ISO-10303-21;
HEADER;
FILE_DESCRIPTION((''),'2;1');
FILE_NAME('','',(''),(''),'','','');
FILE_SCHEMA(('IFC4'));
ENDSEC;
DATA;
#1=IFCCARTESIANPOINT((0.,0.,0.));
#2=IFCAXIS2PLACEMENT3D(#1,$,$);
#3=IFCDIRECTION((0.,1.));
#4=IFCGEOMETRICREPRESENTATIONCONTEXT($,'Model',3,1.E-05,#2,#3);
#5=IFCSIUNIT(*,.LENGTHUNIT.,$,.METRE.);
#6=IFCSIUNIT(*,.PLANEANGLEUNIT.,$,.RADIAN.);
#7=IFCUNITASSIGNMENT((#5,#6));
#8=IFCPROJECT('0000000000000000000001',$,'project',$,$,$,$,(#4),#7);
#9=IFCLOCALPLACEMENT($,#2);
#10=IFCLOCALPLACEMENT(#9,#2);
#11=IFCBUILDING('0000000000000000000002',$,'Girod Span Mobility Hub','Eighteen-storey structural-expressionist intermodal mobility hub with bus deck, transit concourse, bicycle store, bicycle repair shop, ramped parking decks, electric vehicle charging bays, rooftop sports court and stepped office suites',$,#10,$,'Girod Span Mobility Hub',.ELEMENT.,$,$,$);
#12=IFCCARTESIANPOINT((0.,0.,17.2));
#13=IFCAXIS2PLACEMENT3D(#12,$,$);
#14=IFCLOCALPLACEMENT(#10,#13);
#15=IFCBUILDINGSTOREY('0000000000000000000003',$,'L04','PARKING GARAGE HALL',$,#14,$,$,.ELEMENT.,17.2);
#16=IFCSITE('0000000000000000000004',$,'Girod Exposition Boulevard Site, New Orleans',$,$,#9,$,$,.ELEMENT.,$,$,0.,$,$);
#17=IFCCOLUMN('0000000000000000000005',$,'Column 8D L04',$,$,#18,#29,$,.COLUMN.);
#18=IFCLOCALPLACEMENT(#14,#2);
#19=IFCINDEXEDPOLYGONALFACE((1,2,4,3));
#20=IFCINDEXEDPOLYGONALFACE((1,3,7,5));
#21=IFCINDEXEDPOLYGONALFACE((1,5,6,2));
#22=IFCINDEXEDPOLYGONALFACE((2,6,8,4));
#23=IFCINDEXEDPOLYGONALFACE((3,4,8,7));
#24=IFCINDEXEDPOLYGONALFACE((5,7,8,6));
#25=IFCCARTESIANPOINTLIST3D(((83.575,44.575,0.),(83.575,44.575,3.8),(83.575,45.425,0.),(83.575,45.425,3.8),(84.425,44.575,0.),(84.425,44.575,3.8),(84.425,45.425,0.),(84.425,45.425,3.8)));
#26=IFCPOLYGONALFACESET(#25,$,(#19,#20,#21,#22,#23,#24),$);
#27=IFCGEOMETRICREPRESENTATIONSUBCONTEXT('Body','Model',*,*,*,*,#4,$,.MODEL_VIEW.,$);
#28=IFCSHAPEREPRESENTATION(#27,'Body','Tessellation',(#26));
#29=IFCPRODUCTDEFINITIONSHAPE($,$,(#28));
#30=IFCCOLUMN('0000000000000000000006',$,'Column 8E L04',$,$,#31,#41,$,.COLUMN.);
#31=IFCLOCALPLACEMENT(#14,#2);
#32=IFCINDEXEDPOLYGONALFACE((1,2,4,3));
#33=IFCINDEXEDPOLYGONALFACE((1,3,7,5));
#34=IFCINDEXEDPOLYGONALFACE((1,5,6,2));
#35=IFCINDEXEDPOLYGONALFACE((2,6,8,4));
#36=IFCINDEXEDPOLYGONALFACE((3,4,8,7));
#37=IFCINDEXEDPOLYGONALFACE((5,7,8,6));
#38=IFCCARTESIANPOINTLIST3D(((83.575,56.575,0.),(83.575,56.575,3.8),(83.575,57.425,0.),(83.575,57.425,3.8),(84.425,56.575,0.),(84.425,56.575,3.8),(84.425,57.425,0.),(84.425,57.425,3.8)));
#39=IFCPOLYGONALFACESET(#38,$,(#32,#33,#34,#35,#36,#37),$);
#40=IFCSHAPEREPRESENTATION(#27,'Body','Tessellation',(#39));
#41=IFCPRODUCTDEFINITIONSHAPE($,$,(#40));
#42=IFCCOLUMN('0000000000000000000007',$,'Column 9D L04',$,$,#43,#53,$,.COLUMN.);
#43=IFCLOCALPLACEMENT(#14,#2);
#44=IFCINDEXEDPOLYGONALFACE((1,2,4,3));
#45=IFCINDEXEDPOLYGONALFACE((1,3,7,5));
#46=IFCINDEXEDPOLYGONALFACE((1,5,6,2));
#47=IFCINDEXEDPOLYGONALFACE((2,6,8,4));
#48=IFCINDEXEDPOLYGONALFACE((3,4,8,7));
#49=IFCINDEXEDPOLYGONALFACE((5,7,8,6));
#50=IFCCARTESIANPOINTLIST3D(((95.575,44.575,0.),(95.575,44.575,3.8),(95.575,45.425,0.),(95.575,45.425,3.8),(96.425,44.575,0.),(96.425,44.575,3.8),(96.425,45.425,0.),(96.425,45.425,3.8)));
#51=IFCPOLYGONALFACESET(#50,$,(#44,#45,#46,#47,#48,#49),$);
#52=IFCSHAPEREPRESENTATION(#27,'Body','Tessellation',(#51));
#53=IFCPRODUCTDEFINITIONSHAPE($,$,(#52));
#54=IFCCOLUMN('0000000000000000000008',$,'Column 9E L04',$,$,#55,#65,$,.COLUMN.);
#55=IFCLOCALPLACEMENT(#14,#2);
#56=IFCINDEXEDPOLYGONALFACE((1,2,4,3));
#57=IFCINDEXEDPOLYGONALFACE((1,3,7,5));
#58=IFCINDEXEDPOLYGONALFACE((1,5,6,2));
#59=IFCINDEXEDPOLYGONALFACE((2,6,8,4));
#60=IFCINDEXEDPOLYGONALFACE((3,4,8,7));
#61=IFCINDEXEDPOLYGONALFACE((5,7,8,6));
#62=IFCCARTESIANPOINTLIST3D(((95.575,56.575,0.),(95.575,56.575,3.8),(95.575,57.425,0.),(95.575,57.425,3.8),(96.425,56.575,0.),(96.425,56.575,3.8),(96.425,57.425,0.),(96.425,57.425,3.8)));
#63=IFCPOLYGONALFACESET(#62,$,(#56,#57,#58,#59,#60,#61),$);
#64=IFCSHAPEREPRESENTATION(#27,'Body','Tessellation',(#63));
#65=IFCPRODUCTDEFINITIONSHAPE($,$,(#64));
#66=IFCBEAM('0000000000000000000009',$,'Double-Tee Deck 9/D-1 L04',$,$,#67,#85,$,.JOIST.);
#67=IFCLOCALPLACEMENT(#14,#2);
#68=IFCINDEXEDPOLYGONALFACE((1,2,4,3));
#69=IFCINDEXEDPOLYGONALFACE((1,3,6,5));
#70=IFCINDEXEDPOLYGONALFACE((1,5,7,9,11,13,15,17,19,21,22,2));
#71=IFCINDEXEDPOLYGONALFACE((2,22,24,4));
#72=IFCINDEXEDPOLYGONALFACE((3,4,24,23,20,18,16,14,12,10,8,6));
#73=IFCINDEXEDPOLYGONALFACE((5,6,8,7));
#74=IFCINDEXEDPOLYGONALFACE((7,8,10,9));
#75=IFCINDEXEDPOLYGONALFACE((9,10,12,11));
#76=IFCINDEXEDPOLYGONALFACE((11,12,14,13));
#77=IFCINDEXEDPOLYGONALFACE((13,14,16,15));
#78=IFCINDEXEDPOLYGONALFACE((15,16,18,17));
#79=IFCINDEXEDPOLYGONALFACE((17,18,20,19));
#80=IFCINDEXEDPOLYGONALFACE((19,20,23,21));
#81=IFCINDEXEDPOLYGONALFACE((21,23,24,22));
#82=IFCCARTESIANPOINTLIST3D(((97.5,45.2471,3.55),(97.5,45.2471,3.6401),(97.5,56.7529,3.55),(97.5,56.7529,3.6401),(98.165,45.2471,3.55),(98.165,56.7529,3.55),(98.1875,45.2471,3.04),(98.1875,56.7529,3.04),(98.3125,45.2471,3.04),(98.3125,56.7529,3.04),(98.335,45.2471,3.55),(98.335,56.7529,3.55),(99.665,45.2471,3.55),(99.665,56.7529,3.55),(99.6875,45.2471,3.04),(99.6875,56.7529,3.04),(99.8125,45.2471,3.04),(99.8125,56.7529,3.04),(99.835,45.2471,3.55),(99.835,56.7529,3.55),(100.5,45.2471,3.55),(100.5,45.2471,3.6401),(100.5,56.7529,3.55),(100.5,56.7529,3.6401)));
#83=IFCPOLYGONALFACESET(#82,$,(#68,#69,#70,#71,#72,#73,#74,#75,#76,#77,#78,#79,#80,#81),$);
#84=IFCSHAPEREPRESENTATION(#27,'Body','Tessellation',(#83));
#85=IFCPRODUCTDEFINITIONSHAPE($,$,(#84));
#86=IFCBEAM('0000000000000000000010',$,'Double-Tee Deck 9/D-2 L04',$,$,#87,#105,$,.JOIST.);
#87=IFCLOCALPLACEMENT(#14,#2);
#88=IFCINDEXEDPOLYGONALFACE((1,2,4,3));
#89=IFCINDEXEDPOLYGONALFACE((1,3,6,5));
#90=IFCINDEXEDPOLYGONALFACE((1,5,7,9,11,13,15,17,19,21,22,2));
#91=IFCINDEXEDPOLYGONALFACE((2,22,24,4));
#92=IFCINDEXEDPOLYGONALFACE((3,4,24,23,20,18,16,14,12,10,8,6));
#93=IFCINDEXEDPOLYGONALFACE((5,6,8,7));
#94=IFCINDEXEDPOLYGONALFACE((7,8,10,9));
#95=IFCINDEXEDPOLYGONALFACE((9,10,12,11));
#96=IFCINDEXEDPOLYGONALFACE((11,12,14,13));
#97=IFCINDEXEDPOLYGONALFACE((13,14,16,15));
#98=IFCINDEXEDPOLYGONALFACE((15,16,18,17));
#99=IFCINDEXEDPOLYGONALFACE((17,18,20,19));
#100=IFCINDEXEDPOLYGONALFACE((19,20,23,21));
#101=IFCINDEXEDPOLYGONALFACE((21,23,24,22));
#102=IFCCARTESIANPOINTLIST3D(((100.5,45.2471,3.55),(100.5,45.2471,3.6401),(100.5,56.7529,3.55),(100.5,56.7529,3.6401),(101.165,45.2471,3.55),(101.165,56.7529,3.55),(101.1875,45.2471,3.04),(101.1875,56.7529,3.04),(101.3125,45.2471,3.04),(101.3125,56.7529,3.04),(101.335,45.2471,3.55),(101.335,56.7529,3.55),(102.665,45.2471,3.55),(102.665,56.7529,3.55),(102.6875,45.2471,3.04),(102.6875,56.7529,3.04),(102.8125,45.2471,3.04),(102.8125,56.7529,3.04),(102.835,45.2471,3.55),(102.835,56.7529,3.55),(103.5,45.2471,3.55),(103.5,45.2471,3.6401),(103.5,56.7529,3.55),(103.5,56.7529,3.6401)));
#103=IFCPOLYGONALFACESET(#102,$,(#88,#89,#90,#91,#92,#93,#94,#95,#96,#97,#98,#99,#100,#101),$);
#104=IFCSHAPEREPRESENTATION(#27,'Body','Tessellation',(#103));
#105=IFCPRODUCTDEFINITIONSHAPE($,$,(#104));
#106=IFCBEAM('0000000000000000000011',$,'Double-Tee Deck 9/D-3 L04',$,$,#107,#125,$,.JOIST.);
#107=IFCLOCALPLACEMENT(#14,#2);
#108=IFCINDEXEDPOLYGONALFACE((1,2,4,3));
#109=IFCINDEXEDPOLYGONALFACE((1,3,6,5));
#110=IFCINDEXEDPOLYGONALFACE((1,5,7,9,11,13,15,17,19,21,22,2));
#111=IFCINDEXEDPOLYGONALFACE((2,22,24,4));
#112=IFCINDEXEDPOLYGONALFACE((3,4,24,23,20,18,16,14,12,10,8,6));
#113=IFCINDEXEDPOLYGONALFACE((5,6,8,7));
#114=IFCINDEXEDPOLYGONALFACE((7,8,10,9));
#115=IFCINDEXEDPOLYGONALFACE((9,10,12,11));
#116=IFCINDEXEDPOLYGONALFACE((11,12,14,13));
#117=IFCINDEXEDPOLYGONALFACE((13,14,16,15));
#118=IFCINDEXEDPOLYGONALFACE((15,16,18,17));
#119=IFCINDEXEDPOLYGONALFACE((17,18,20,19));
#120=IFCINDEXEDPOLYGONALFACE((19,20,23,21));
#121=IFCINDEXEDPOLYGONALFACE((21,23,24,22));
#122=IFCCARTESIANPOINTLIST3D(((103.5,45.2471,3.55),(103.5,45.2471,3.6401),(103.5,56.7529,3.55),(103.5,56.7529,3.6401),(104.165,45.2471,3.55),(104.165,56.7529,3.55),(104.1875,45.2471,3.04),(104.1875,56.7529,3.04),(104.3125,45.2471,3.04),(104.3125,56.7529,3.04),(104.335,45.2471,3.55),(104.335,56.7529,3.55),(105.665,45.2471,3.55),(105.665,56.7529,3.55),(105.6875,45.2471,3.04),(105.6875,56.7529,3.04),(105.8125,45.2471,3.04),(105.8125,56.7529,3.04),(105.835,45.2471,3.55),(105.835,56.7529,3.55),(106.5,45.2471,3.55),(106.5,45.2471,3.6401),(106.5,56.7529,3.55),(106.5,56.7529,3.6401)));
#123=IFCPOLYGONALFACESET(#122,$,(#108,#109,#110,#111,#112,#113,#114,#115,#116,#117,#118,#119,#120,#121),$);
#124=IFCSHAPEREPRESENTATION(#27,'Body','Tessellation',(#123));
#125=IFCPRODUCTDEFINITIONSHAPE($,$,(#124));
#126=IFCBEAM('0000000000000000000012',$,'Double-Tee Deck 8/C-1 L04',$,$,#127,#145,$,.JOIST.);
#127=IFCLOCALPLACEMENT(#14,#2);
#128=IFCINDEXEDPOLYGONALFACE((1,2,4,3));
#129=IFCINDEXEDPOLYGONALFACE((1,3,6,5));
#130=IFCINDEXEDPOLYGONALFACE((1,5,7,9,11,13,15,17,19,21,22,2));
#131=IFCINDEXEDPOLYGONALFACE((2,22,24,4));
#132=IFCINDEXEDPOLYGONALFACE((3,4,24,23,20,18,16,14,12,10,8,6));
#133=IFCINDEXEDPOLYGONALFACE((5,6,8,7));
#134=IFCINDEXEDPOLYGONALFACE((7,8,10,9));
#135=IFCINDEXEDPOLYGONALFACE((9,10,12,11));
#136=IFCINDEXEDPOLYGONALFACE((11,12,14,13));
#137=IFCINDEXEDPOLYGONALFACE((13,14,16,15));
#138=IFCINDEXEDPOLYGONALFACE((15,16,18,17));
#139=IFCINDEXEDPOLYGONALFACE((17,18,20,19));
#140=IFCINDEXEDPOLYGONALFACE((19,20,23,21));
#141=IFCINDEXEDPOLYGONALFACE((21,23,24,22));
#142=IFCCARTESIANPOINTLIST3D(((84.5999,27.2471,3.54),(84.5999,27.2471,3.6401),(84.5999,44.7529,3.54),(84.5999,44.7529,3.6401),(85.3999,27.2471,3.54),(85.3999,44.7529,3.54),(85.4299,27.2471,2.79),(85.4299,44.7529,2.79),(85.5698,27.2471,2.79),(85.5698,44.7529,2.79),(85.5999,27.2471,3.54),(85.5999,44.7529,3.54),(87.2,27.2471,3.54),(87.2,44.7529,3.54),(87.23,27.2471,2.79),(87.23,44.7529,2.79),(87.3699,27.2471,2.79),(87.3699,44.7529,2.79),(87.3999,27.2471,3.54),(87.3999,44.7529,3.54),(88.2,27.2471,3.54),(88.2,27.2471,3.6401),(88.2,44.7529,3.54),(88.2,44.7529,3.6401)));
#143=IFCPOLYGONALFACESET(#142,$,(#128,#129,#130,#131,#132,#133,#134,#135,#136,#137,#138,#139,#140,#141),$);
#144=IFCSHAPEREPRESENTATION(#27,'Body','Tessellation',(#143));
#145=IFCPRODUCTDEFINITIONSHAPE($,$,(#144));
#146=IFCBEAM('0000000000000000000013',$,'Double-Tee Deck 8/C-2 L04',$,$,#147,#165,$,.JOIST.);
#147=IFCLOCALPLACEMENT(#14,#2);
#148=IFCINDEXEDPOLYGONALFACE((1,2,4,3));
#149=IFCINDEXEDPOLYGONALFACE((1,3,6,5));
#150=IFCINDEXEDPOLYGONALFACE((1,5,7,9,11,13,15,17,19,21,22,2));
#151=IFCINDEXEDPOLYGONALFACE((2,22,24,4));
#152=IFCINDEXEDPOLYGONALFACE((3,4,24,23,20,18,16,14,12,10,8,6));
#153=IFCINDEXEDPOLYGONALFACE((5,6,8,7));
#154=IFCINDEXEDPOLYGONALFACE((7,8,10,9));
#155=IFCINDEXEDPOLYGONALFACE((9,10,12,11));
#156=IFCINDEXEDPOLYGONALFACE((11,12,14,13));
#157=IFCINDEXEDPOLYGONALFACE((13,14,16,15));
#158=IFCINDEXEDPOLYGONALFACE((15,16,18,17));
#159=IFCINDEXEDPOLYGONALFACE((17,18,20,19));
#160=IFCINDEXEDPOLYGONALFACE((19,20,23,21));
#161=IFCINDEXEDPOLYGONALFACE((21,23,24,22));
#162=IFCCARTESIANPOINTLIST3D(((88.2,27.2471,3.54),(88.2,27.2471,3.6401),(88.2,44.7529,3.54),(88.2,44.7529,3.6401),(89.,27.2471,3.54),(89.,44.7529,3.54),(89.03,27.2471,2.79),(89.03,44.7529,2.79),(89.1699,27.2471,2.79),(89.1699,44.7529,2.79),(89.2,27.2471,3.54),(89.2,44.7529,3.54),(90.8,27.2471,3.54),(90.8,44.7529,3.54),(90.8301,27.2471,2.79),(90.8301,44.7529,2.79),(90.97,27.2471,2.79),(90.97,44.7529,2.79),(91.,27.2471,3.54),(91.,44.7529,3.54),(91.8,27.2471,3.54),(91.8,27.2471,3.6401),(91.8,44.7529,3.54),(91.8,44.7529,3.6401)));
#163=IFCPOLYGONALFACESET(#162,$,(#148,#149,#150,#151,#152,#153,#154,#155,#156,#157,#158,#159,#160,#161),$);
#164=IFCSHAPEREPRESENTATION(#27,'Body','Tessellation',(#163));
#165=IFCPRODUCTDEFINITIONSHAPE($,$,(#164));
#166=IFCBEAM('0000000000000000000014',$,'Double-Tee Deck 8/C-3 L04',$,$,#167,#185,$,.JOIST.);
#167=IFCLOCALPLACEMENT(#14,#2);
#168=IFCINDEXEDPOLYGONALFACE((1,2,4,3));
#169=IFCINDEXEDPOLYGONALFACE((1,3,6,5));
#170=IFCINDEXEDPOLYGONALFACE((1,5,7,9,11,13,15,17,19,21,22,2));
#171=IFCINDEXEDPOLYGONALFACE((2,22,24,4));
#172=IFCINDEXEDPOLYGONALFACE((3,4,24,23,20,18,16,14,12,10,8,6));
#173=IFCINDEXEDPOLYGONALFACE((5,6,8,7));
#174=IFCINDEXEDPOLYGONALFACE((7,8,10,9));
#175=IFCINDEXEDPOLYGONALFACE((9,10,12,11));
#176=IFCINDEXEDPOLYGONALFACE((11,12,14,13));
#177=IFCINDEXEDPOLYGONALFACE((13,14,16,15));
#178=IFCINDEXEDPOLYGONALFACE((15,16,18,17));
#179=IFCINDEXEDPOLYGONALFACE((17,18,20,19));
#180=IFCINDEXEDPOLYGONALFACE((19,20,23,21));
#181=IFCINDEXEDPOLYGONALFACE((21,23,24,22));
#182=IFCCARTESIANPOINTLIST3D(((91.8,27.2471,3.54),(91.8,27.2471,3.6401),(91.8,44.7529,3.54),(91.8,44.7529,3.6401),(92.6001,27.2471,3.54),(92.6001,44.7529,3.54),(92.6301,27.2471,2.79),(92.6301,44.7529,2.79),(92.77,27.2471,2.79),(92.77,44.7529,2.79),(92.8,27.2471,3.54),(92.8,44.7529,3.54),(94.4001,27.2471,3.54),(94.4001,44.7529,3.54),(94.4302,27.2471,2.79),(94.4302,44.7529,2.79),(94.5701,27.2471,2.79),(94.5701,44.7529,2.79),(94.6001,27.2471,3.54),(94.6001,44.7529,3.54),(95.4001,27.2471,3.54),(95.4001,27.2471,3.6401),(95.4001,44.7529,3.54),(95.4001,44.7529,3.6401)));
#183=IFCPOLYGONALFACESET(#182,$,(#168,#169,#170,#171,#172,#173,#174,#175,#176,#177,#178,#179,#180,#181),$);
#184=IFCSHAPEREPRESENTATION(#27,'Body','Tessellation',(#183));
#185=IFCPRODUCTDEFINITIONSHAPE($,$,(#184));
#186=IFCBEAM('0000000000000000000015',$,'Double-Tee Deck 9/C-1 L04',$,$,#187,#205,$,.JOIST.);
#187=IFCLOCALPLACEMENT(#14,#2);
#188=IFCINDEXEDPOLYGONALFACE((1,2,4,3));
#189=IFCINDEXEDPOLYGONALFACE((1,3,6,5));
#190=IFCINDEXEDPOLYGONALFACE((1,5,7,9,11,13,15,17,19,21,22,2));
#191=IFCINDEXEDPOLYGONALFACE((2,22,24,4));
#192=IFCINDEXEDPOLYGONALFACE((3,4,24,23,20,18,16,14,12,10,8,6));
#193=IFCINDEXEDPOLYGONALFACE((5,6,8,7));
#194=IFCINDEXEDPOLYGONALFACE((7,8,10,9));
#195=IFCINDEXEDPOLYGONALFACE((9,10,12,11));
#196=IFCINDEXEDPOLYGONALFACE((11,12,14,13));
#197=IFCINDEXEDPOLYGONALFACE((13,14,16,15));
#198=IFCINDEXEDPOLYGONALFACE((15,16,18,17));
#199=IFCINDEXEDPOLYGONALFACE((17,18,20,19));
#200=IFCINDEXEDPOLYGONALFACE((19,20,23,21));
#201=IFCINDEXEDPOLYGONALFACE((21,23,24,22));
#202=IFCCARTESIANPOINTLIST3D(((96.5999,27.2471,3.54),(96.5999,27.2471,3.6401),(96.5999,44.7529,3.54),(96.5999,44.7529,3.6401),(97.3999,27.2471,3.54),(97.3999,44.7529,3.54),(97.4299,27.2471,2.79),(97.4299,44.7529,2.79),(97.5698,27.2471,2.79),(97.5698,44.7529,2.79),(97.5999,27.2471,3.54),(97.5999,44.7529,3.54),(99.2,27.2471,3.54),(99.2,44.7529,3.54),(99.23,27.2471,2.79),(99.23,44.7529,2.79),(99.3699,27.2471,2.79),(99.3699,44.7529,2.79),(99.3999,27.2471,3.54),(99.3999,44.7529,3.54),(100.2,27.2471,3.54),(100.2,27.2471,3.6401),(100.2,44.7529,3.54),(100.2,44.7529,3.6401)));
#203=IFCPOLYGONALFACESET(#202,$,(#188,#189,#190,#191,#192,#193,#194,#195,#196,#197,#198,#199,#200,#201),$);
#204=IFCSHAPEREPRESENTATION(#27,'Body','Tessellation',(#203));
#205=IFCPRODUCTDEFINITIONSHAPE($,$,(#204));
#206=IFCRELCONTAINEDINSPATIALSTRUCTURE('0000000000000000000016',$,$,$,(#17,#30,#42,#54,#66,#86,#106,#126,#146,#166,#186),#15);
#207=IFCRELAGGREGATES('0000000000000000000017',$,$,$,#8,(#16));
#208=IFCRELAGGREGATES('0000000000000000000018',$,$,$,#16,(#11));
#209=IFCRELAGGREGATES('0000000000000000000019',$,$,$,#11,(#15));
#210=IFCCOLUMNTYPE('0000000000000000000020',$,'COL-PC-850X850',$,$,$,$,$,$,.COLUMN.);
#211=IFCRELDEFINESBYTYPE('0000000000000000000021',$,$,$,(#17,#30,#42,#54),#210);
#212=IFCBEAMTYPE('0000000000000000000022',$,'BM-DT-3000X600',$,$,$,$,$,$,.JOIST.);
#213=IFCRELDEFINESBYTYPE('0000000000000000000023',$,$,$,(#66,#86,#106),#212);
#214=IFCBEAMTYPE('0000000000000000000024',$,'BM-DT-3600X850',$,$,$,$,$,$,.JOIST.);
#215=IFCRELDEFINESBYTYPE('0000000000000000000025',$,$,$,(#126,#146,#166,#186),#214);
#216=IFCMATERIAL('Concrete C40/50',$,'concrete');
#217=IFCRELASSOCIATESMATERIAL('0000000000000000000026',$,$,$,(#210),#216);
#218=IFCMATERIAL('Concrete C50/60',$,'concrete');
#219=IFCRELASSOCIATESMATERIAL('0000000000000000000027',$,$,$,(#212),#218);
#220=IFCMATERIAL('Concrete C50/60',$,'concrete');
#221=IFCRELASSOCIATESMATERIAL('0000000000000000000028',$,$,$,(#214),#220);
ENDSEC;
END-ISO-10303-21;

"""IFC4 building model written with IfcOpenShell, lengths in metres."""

from ifc_helpers import new_model, si_unit, direction, frame, origin, origin_2d, place, context, subcontext, project, spatial, polyline, rectangle, outline, extrude, material, material_profile, profile_set, type_object, element, save


model = new_model("IFC4")

# Units and contexts
model_context = context("Model", 3, precision=1e-05, world=origin(), true_north=direction((0.0, 1.0)))
body_context = subcontext(model_context, "Body", "Model", "MODEL_VIEW")
ifc_project = project(units=[si_unit("LENGTHUNIT", "METRE"), si_unit("PLANEANGLEUNIT", "RADIAN")], contexts=[model_context])

# Site, building, storey
site_placement = place(None, origin())
site = spatial("IfcSite", under=ifc_project, at=site_placement, Name="Girod Exposition Boulevard Site, New Orleans", CompositionType="ELEMENT", RefElevation=0.0)
building_placement = place(site_placement, origin())
building = spatial("IfcBuilding", under=site, at=building_placement, Name="Girod Span Mobility Hub", Description="Eighteen-storey structural-expressionist intermodal mobility hub with bus deck, transit concourse, bicycle store, bicycle repair shop, ramped parking decks, electric vehicle charging bays, rooftop sports court and stepped office suites", LongName="Girod Span Mobility Hub", CompositionType="ELEMENT")
storey_placement = place(building_placement, frame((0.0, 0.0, 17.2)))
storey = spatial("IfcBuildingStorey", under=building, at=storey_placement, Name="L04", Description="PARKING GARAGE HALL", CompositionType="ELEMENT", Elevation=17.2)

# Columns
ifc_material_1 = material(Name="Concrete C40/50", Category="concrete")
ifc_material_profile_1 = material_profile(ifc_material_1, rectangle(XDim=0.8501, YDim=0.8501, at=origin_2d()), Name="PC-COL-850X850")
ifc_profile_set_1 = profile_set([ifc_material_profile_1], Name="Concrete C40/50")
column_type = type_object("IfcColumnType", Name="COL-PC-850X850", PredefinedType="COLUMN", material=ifc_profile_set_1)
for number, where, z_axis, x_axis, name in (
    (1, (84.0, 45.0, 0.0), (0.0, 0.0, 1.0), (1.0, 0.0, 0.0), "Column 8D L04"),
    (2, (84.0, 57.0, 0.0), (0.0, 0.0, 1.0), (1.0, 0.0, 0.0), "Column 8E L04"),
    (3, (96.0, 45.0, 0.0), (0.0, 0.0, 1.0), (1.0, 0.0, 0.0), "Column 9D L04"),
    (4, (96.0, 57.0, 0.0), (0.0, 0.0, 1.0), (1.0, 0.0, 0.0), "Column 9E L04"),
):
    element("IfcColumn", number, at=place(storey_placement, frame(where, z_axis=z_axis, x_axis=x_axis)), inside=storey, type_object=column_type, Name=name, PredefinedType="COLUMN", context=body_context, shape_type="SweptSolid", body=[
        extrude(rectangle(XDim=0.8501, YDim=0.8501, at=origin_2d()), origin(), (0.0, 0.0, 1.0), 3.8),
    ])

# Beams
ifc_material_2 = material(Name="Concrete C50/60", Category="concrete")
ifc_material_profile_2 = material_profile(ifc_material_2, outline(polyline([(-1.5, 0.3), (-1.5, 0.21), (-0.835, 0.21), (-0.8125, -0.3), (-0.6875, -0.3), (-0.665, 0.21), (0.665, 0.21), (0.6875, -0.3), (0.8125, -0.3), (0.835, 0.21), (1.5, 0.21), (1.5, 0.3), (-1.5, 0.3)])), Name="DT-3000X600")
ifc_profile_set_2 = profile_set([ifc_material_profile_2], Name="Concrete C50/60")
beam_type_1 = type_object("IfcBeamType", Name="BM-DT-3000X600", PredefinedType="JOIST", material=ifc_profile_set_2)
for number, where, z_axis, x_axis, name in (
    (5, (99.0, 45.2471, 3.3401), (0.0, 1.0, 0.0), (-1.0, 0.0, 0.0), "Double-Tee Deck 9/D-1 L04"),
    (6, (102.0, 45.2471, 3.3401), (0.0, 1.0, 0.0), (-1.0, 0.0, 0.0), "Double-Tee Deck 9/D-2 L04"),
    (7, (105.0, 45.2471, 3.3401), (0.0, 1.0, 0.0), (-1.0, 0.0, 0.0), "Double-Tee Deck 9/D-3 L04"),
):
    element("IfcBeam", number, at=place(storey_placement, frame(where, z_axis=z_axis, x_axis=x_axis)), inside=storey, type_object=beam_type_1, Name=name, PredefinedType="JOIST", context=body_context, shape_type="SweptSolid", body=[
        extrude(outline(polyline([(-1.5, 0.3), (-1.5, 0.21), (-0.835, 0.21), (-0.8125, -0.3), (-0.6875, -0.3), (-0.665, 0.21), (0.665, 0.21), (0.6875, -0.3), (0.8125, -0.3), (0.835, 0.21), (1.5, 0.21), (1.5, 0.3), (-1.5, 0.3)])), origin(), (0.0, 0.0, 1.0), 11.5059),
    ])
ifc_material_3 = material(Name="Concrete C50/60", Category="concrete")
ifc_material_profile_3 = material_profile(ifc_material_3, outline(polyline([(-1.8, 0.425), (-1.8, 0.325), (-1.0, 0.325), (-0.97, -0.425), (-0.8301, -0.425), (-0.8, 0.325), (0.8, 0.325), (0.8301, -0.425), (0.97, -0.425), (1.0, 0.325), (1.8, 0.325), (1.8, 0.425), (-1.8, 0.425)])), Name="DT-3600X850")
ifc_profile_set_3 = profile_set([ifc_material_profile_3], Name="Concrete C50/60")
beam_type_2 = type_object("IfcBeamType", Name="BM-DT-3600X850", PredefinedType="JOIST", material=ifc_profile_set_3)
for number, where, z_axis, x_axis, name in (
    (8, (86.3999, 27.2471, 3.2151), (0.0, 1.0, 0.0), (-1.0, 0.0, 0.0), "Double-Tee Deck 8/C-1 L04"),
    (9, (90.0, 27.2471, 3.2151), (0.0, 1.0, 0.0), (-1.0, 0.0, 0.0), "Double-Tee Deck 8/C-2 L04"),
    (10, (93.6001, 27.2471, 3.2151), (0.0, 1.0, 0.0), (-1.0, 0.0, 0.0), "Double-Tee Deck 8/C-3 L04"),
    (11, (98.3999, 27.2471, 3.2151), (0.0, 1.0, 0.0), (-1.0, 0.0, 0.0), "Double-Tee Deck 9/C-1 L04"),
):
    element("IfcBeam", number, at=place(storey_placement, frame(where, z_axis=z_axis, x_axis=x_axis)), inside=storey, type_object=beam_type_2, Name=name, PredefinedType="JOIST", context=body_context, shape_type="SweptSolid", body=[
        extrude(outline(polyline([(-1.8, 0.425), (-1.8, 0.325), (-1.0, 0.325), (-0.97, -0.425), (-0.8301, -0.425), (-0.8, 0.325), (0.8, 0.325), (0.8301, -0.425), (0.97, -0.425), (1.0, 0.325), (1.8, 0.325), (1.8, 0.425), (-1.8, 0.425)])), origin(), (0.0, 0.0, 1.0), 17.5059),
    ])

save(model, "model.ifc")
